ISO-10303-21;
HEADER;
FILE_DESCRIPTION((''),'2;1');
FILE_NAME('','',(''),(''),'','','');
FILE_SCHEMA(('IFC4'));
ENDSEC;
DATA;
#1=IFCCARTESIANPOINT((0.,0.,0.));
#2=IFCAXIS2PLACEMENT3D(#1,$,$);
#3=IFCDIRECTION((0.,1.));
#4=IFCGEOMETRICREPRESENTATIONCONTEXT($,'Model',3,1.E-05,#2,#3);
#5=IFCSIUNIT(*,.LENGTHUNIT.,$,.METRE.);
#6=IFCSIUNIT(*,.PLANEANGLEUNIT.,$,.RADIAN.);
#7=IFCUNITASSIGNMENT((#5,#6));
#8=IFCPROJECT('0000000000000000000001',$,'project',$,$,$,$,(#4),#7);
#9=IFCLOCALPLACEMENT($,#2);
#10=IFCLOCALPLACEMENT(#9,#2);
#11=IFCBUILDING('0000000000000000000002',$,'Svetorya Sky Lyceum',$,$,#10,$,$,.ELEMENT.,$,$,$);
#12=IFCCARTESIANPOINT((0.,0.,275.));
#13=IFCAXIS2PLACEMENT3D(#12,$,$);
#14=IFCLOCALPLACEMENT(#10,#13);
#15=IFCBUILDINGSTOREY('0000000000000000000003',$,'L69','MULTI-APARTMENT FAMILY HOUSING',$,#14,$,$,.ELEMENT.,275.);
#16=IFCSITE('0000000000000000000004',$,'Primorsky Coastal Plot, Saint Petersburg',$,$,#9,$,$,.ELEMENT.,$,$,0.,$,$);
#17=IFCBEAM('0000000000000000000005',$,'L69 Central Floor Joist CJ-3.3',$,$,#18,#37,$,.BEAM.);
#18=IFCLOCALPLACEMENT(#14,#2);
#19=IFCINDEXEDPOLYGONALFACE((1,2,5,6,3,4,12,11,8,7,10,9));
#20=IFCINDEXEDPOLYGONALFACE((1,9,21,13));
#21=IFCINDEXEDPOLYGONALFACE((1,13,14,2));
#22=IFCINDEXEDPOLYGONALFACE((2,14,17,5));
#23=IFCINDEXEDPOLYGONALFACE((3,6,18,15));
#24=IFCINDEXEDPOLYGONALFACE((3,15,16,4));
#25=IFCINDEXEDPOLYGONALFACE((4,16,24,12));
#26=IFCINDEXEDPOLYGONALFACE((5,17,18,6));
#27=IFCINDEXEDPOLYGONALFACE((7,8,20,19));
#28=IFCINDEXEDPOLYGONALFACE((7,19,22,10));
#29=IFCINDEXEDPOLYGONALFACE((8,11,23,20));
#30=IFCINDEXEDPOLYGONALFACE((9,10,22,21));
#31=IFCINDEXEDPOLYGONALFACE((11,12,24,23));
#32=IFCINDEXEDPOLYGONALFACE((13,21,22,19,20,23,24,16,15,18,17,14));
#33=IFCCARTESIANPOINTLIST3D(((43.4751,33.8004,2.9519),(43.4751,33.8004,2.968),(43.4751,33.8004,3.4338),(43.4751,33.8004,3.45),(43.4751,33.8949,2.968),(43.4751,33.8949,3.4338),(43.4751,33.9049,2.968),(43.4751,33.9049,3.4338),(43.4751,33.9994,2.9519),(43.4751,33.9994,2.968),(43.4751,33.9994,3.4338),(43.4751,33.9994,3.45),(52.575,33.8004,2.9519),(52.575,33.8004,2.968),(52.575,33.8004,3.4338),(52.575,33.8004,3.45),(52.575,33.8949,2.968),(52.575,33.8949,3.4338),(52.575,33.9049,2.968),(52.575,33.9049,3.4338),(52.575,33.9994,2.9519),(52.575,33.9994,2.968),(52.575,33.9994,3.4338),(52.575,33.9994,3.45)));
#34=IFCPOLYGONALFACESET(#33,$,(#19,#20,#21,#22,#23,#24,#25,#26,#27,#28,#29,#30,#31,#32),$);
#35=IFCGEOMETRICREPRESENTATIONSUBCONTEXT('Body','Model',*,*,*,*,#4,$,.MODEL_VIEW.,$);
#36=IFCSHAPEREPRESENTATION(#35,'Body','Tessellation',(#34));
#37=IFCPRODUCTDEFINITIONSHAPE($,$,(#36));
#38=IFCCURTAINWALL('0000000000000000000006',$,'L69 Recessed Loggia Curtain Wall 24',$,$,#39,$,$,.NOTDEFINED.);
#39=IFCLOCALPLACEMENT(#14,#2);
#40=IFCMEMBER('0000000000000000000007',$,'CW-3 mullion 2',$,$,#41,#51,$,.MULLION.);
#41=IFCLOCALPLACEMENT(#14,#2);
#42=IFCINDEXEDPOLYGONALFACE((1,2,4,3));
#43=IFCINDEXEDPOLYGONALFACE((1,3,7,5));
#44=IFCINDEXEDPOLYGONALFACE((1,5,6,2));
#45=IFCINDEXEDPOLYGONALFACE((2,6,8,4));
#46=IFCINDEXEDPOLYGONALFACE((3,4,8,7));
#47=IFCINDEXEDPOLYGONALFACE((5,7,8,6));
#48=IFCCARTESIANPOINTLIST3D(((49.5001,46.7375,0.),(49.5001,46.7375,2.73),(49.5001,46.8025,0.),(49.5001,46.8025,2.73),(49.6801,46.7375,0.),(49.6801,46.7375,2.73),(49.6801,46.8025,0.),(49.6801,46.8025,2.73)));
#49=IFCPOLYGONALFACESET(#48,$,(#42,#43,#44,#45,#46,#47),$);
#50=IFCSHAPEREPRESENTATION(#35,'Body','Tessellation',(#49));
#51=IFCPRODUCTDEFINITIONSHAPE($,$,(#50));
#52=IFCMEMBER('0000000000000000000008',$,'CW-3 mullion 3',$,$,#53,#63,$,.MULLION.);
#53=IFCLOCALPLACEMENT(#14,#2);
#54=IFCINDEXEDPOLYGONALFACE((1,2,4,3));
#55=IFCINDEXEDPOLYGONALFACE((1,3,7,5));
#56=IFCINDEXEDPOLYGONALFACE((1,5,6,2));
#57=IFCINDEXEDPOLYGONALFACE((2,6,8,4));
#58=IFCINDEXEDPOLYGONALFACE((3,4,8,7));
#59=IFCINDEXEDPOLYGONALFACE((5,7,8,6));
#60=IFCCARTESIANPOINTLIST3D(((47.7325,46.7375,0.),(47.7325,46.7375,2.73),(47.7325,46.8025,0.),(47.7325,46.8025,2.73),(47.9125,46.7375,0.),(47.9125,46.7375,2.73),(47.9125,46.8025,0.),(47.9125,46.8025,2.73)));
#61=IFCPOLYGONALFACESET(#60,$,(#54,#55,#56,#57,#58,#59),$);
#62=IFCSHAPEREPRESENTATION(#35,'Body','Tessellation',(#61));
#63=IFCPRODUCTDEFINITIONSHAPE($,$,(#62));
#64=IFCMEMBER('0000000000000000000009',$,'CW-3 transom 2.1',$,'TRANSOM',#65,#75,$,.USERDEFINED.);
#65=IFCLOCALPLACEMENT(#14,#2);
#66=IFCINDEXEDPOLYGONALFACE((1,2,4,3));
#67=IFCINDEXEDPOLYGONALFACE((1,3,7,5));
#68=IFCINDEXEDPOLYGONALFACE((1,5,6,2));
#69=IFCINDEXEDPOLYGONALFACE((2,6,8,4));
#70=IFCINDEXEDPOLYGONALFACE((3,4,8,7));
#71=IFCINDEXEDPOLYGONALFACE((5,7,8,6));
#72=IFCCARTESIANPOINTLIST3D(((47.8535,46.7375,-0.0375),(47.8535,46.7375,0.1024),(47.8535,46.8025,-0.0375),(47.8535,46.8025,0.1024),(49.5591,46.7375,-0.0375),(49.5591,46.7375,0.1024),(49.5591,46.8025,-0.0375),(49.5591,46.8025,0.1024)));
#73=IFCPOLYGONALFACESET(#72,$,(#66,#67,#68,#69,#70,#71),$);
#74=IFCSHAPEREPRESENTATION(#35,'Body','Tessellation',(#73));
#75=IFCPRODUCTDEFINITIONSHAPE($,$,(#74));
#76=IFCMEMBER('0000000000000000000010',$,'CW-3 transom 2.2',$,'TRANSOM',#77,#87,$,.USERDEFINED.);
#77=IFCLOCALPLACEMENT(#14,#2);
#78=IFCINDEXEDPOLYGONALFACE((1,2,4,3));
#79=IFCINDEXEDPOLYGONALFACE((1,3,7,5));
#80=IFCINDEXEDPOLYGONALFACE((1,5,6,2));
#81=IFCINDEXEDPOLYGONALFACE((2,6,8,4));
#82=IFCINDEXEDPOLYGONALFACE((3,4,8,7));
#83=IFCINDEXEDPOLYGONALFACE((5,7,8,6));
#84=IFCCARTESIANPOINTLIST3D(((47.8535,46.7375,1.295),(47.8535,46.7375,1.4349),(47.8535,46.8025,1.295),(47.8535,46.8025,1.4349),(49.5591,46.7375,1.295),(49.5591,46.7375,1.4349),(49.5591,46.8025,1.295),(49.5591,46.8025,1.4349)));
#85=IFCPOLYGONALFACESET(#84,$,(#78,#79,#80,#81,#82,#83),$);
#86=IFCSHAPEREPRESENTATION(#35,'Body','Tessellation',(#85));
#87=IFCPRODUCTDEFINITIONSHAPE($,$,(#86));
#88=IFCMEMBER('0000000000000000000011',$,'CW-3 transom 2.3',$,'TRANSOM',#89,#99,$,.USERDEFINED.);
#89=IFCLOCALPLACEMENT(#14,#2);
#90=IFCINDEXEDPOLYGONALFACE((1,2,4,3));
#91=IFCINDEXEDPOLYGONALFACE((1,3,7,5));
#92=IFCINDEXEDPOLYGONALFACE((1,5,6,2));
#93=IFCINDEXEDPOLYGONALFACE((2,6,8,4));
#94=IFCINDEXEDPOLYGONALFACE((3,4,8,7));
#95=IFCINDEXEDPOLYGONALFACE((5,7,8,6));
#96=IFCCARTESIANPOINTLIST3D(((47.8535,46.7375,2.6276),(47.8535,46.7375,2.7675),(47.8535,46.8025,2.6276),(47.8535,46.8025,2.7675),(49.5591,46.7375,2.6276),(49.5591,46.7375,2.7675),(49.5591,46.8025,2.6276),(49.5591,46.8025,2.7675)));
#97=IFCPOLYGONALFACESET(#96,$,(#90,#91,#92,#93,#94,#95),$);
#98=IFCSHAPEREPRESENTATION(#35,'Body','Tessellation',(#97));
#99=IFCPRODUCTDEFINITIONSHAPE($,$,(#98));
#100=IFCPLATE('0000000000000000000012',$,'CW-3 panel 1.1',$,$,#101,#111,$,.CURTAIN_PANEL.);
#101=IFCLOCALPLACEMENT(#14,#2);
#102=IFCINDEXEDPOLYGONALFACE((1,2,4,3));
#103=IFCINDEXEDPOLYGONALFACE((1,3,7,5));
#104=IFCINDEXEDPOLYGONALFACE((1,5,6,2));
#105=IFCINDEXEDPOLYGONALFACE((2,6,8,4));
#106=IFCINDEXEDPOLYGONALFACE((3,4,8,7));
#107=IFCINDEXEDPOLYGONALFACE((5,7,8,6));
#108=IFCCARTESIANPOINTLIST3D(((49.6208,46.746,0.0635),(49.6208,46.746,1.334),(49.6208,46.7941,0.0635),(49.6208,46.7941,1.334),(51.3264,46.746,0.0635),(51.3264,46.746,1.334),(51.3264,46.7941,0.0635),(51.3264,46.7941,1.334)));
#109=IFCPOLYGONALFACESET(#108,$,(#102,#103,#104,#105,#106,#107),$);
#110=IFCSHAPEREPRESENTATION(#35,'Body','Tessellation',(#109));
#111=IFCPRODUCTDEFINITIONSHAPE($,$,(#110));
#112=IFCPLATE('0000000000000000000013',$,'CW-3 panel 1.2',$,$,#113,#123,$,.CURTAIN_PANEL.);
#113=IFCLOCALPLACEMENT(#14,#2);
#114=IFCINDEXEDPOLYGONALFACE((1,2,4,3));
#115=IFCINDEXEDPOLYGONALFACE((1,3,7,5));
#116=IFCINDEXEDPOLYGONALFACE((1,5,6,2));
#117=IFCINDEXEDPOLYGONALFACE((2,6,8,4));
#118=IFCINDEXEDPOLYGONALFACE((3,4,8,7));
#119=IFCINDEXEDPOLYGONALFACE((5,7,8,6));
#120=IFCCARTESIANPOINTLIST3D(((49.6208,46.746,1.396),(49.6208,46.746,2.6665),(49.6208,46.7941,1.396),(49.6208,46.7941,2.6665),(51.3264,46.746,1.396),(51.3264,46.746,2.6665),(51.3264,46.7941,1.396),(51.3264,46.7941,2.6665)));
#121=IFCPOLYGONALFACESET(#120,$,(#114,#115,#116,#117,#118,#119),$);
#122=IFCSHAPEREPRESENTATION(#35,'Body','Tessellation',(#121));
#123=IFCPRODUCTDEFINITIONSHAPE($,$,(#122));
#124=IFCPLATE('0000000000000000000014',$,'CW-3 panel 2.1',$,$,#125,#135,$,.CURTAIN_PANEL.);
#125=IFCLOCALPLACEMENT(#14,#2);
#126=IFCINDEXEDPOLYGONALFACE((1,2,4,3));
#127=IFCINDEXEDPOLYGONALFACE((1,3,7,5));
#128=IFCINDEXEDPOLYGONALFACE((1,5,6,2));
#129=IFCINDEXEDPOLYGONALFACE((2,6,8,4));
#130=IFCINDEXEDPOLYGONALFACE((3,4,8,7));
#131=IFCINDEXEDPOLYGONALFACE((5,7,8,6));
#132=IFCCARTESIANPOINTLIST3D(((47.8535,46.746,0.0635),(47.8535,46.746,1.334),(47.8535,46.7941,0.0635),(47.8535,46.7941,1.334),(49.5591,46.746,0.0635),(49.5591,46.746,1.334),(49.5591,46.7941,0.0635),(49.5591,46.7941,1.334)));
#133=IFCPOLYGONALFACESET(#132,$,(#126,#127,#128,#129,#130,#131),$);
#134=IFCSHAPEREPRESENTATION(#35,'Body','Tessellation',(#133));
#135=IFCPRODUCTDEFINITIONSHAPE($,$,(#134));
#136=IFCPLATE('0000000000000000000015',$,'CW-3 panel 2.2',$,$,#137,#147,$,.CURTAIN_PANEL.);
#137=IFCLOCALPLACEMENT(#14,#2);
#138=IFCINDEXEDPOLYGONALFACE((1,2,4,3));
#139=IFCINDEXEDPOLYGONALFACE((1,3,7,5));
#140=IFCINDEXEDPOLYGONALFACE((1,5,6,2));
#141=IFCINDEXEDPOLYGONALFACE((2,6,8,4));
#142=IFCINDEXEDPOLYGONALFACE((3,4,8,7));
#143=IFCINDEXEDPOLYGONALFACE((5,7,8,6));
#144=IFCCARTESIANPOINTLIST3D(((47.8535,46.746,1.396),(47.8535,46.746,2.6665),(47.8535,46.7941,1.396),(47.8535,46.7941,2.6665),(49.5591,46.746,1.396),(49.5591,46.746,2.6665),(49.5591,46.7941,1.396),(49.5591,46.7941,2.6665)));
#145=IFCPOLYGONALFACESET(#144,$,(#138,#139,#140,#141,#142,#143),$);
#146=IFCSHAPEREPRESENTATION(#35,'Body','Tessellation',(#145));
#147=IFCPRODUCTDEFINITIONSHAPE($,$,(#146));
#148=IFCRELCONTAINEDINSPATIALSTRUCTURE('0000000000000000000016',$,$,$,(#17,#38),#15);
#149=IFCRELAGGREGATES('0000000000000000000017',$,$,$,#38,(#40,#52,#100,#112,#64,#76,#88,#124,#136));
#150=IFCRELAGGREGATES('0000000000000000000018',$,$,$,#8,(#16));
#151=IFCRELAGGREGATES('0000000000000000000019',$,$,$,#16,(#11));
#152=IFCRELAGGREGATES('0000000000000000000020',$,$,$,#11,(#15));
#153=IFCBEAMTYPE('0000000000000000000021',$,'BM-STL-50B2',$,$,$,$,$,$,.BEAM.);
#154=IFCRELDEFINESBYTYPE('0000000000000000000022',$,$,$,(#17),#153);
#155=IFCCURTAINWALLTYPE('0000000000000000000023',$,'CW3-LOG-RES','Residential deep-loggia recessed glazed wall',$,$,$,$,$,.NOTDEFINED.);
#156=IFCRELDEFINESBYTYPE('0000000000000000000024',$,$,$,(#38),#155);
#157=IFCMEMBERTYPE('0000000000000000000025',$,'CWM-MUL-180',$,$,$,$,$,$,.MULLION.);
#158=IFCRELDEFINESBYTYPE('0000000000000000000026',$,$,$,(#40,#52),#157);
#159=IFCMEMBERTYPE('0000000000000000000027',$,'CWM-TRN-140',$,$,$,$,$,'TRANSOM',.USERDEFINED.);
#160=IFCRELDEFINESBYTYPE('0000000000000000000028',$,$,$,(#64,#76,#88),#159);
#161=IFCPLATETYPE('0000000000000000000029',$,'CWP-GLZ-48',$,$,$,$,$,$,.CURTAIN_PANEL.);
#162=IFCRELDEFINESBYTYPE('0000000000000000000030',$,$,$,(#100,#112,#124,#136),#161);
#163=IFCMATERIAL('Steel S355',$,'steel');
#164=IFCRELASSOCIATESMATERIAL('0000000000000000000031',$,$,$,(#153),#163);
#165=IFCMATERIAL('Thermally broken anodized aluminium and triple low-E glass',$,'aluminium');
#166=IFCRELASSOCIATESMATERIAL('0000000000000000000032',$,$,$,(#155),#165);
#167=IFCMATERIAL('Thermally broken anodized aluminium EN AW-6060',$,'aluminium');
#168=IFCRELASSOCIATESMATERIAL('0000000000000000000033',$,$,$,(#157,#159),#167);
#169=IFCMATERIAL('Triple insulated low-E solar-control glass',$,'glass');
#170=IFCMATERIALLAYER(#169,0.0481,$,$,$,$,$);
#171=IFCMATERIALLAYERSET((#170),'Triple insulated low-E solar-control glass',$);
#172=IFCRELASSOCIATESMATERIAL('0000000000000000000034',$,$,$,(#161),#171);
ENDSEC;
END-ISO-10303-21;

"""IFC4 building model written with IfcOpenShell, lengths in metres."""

from ifc_helpers import new_model, si_unit, direction, frame, origin, origin_2d, place, context, subcontext, project, spatial, rectangle, i_section, extrude, material, layer, layer_set, material_profile, profile_set, type_object, element, aggregate, save


model = new_model("IFC4")

# Units and contexts
model_context = context("Model", 3, precision=1e-05, world=origin(), true_north=direction((0.0, 1.0)))
body_context = subcontext(model_context, "Body", "Model", "MODEL_VIEW")
ifc_project = project(units=[si_unit("LENGTHUNIT", "METRE"), si_unit("PLANEANGLEUNIT", "RADIAN")], contexts=[model_context])

# Site, building, storey
site_placement = place(None, origin())
site = spatial("IfcSite", under=ifc_project, at=site_placement, Name="Primorsky Coastal Plot, Saint Petersburg", CompositionType="ELEMENT", RefElevation=0.0)
building_placement = place(site_placement, origin())
building = spatial("IfcBuilding", under=site, at=building_placement, Name="Svetorya Sky Lyceum", CompositionType="ELEMENT")
storey_placement = place(building_placement, frame((0.0, 0.0, 275.0)))
storey = spatial("IfcBuildingStorey", under=building, at=storey_placement, Name="L69", Description="MULTI-APARTMENT FAMILY HOUSING", CompositionType="ELEMENT", Elevation=275.0)

# Beam
ifc_material_1 = material(Name="Steel S355", Category="steel")
ifc_material_profile_1 = material_profile(ifc_material_1, i_section(OverallWidth=0.199, OverallDepth=0.498, WebThickness=0.01, FlangeThickness=0.0161, at=origin_2d()), Name="GOST 50B2")
ifc_profile_set_1 = profile_set([ifc_material_profile_1], Name="Steel S355")
beam_type = type_object("IfcBeamType", Name="BM-STL-50B2", PredefinedType="BEAM", material=ifc_profile_set_1)
beam_placement = place(storey_placement, frame((43.4751, 33.8999, 3.2009), z_axis=(1.0, 0.0, 0.0), x_axis=(0.0, 1.0, 0.0)))
element("IfcBeam", 1, at=beam_placement, inside=storey, type_object=beam_type, Name="L69 Central Floor Joist CJ-3.3", PredefinedType="BEAM", context=body_context, shape_type="SweptSolid", body=[
    extrude(i_section(OverallWidth=0.199, OverallDepth=0.498, WebThickness=0.01, FlangeThickness=0.0161, at=origin_2d()), origin(), (0.0, 0.0, 1.0), 9.0999),
])

# Curtain wall, members, plates
ifc_material_2 = material(Name="Thermally broken anodized aluminium and triple low-E glass", Category="aluminium")
curtain_wall_type = type_object("IfcCurtainWallType", Name="CW3-LOG-RES", Description="Residential deep-loggia recessed glazed wall", PredefinedType="NOTDEFINED", material=ifc_material_2)
curtain_wall_placement = place(storey_placement, origin())
curtain_wall = element("IfcCurtainWall", 2, at=curtain_wall_placement, inside=storey, type_object=curtain_wall_type, Name="L69 Recessed Loggia Curtain Wall 24", PredefinedType="NOTDEFINED")
ifc_material_3 = material(Name="Thermally broken anodized aluminium EN AW-6060", Category="aluminium")
ifc_material_profile_2 = material_profile(ifc_material_3, rectangle(XDim=0.0649, YDim=0.1799, at=origin_2d()), Name="ALU MULLION 65x180")
ifc_profile_set_2 = profile_set([ifc_material_profile_2], Name="Thermally broken anodized aluminium EN AW-6060")
member_type_1 = type_object("IfcMemberType", Name="CWM-MUL-180", PredefinedType="MULLION", material=ifc_profile_set_2)
member_1_placement = place(storey_placement, frame((49.5901, 46.77, 0.0), z_axis=(0.0, 0.0, 1.0), x_axis=(0.0, -1.0, 0.0)))
member_1 = element("IfcMember", 3, at=member_1_placement, type_object=member_type_1, Name="CW-3 mullion 2", PredefinedType="MULLION", context=body_context, shape_type="SweptSolid", body=[
    extrude(rectangle(XDim=0.0649, YDim=0.1799, at=origin_2d()), origin(), (0.0, 0.0, 1.0), 2.73),
])
member_2_placement = place(storey_placement, frame((47.8225, 46.77, 0.0), z_axis=(0.0, 0.0, 1.0), x_axis=(0.0, -1.0, 0.0)))
member_2 = element("IfcMember", 4, at=member_2_placement, type_object=member_type_1, Name="CW-3 mullion 3", PredefinedType="MULLION", context=body_context, shape_type="SweptSolid", body=[
    extrude(rectangle(XDim=0.0649, YDim=0.1799, at=origin_2d()), origin(), (0.0, 0.0, 1.0), 2.73),
])
ifc_material_profile_3 = material_profile(ifc_material_3, rectangle(XDim=0.0649, YDim=0.1399, at=origin_2d()), Name="ALU TRANSOM 65x140")
ifc_profile_set_3 = profile_set([ifc_material_profile_3], Name="Thermally broken anodized aluminium EN AW-6060")
member_type_2 = type_object("IfcMemberType", Name="CWM-TRN-140", ElementType="TRANSOM", PredefinedType="USERDEFINED", material=ifc_profile_set_3)
member_3_placement = place(storey_placement, frame((49.5591, 46.77, 0.0325), z_axis=(-1.0, 0.0, 0.0), x_axis=(0.0, -1.0, 0.0)))
member_3 = element("IfcMember", 5, at=member_3_placement, type_object=member_type_2, Name="CW-3 transom 2.1", ObjectType="TRANSOM", PredefinedType="USERDEFINED", context=body_context, shape_type="SweptSolid", body=[
    extrude(rectangle(XDim=0.0649, YDim=0.1399, at=origin_2d()), origin(), (0.0, 0.0, 1.0), 1.7056),
])
member_4_placement = place(storey_placement, frame((49.5591, 46.77, 1.365), z_axis=(-1.0, 0.0, 0.0), x_axis=(0.0, -1.0, 0.0)))
member_4 = element("IfcMember", 6, at=member_4_placement, type_object=member_type_2, Name="CW-3 transom 2.2", ObjectType="TRANSOM", PredefinedType="USERDEFINED", context=body_context, shape_type="SweptSolid", body=[
    extrude(rectangle(XDim=0.0649, YDim=0.1399, at=origin_2d()), origin(), (0.0, 0.0, 1.0), 1.7056),
])
member_5_placement = place(storey_placement, frame((49.5591, 46.77, 2.6975), z_axis=(-1.0, 0.0, 0.0), x_axis=(0.0, -1.0, 0.0)))
member_5 = element("IfcMember", 7, at=member_5_placement, type_object=member_type_2, Name="CW-3 transom 2.3", ObjectType="TRANSOM", PredefinedType="USERDEFINED", context=body_context, shape_type="SweptSolid", body=[
    extrude(rectangle(XDim=0.0649, YDim=0.1399, at=origin_2d()), origin(), (0.0, 0.0, 1.0), 1.7056),
])
ifc_material_4 = material(Name="Triple insulated low-E solar-control glass", Category="glass")
ifc_layer_1 = layer(ifc_material_4, 0.0481)
ifc_layer_set_1 = layer_set([ifc_layer_1], Name="Triple insulated low-E solar-control glass")
plate_type = type_object("IfcPlateType", Name="CWP-GLZ-48", PredefinedType="CURTAIN_PANEL", material=ifc_layer_set_1)
plate_1_placement = place(storey_placement, frame((50.4736, 46.77, 0.0635), z_axis=(0.0, 0.0, 1.0), x_axis=(-1.0, 0.0, 0.0)))
plate_1 = element("IfcPlate", 8, at=plate_1_placement, type_object=plate_type, Name="CW-3 panel 1.1", PredefinedType="CURTAIN_PANEL", context=body_context, shape_type="SweptSolid", body=[
    extrude(rectangle(XDim=1.7056, YDim=0.0481, at=origin_2d()), origin(), (0.0, 0.0, 1.0), 1.2705),
])
plate_2_placement = place(storey_placement, frame((50.4736, 46.77, 1.396), z_axis=(0.0, 0.0, 1.0), x_axis=(-1.0, 0.0, 0.0)))
plate_2 = element("IfcPlate", 9, at=plate_2_placement, type_object=plate_type, Name="CW-3 panel 1.2", PredefinedType="CURTAIN_PANEL", context=body_context, shape_type="SweptSolid", body=[
    extrude(rectangle(XDim=1.7056, YDim=0.0481, at=origin_2d()), origin(), (0.0, 0.0, 1.0), 1.2705),
])
plate_3_placement = place(storey_placement, frame((48.7063, 46.77, 0.0635), z_axis=(0.0, 0.0, 1.0), x_axis=(-1.0, 0.0, 0.0)))
plate_3 = element("IfcPlate", 10, at=plate_3_placement, type_object=plate_type, Name="CW-3 panel 2.1", PredefinedType="CURTAIN_PANEL", context=body_context, shape_type="SweptSolid", body=[
    extrude(rectangle(XDim=1.7056, YDim=0.0481, at=origin_2d()), origin(), (0.0, 0.0, 1.0), 1.2705),
])
plate_4_placement = place(storey_placement, frame((48.7063, 46.77, 1.396), z_axis=(0.0, 0.0, 1.0), x_axis=(-1.0, 0.0, 0.0)))
plate_4 = element("IfcPlate", 11, at=plate_4_placement, type_object=plate_type, Name="CW-3 panel 2.2", PredefinedType="CURTAIN_PANEL", context=body_context, shape_type="SweptSolid", body=[
    extrude(rectangle(XDim=1.7056, YDim=0.0481, at=origin_2d()), origin(), (0.0, 0.0, 1.0), 1.2705),
])
aggregate(curtain_wall, [member_1, member_2, plate_1, plate_2, member_3, member_4, member_5, plate_3, plate_4])

save(model, "model.ifc")
